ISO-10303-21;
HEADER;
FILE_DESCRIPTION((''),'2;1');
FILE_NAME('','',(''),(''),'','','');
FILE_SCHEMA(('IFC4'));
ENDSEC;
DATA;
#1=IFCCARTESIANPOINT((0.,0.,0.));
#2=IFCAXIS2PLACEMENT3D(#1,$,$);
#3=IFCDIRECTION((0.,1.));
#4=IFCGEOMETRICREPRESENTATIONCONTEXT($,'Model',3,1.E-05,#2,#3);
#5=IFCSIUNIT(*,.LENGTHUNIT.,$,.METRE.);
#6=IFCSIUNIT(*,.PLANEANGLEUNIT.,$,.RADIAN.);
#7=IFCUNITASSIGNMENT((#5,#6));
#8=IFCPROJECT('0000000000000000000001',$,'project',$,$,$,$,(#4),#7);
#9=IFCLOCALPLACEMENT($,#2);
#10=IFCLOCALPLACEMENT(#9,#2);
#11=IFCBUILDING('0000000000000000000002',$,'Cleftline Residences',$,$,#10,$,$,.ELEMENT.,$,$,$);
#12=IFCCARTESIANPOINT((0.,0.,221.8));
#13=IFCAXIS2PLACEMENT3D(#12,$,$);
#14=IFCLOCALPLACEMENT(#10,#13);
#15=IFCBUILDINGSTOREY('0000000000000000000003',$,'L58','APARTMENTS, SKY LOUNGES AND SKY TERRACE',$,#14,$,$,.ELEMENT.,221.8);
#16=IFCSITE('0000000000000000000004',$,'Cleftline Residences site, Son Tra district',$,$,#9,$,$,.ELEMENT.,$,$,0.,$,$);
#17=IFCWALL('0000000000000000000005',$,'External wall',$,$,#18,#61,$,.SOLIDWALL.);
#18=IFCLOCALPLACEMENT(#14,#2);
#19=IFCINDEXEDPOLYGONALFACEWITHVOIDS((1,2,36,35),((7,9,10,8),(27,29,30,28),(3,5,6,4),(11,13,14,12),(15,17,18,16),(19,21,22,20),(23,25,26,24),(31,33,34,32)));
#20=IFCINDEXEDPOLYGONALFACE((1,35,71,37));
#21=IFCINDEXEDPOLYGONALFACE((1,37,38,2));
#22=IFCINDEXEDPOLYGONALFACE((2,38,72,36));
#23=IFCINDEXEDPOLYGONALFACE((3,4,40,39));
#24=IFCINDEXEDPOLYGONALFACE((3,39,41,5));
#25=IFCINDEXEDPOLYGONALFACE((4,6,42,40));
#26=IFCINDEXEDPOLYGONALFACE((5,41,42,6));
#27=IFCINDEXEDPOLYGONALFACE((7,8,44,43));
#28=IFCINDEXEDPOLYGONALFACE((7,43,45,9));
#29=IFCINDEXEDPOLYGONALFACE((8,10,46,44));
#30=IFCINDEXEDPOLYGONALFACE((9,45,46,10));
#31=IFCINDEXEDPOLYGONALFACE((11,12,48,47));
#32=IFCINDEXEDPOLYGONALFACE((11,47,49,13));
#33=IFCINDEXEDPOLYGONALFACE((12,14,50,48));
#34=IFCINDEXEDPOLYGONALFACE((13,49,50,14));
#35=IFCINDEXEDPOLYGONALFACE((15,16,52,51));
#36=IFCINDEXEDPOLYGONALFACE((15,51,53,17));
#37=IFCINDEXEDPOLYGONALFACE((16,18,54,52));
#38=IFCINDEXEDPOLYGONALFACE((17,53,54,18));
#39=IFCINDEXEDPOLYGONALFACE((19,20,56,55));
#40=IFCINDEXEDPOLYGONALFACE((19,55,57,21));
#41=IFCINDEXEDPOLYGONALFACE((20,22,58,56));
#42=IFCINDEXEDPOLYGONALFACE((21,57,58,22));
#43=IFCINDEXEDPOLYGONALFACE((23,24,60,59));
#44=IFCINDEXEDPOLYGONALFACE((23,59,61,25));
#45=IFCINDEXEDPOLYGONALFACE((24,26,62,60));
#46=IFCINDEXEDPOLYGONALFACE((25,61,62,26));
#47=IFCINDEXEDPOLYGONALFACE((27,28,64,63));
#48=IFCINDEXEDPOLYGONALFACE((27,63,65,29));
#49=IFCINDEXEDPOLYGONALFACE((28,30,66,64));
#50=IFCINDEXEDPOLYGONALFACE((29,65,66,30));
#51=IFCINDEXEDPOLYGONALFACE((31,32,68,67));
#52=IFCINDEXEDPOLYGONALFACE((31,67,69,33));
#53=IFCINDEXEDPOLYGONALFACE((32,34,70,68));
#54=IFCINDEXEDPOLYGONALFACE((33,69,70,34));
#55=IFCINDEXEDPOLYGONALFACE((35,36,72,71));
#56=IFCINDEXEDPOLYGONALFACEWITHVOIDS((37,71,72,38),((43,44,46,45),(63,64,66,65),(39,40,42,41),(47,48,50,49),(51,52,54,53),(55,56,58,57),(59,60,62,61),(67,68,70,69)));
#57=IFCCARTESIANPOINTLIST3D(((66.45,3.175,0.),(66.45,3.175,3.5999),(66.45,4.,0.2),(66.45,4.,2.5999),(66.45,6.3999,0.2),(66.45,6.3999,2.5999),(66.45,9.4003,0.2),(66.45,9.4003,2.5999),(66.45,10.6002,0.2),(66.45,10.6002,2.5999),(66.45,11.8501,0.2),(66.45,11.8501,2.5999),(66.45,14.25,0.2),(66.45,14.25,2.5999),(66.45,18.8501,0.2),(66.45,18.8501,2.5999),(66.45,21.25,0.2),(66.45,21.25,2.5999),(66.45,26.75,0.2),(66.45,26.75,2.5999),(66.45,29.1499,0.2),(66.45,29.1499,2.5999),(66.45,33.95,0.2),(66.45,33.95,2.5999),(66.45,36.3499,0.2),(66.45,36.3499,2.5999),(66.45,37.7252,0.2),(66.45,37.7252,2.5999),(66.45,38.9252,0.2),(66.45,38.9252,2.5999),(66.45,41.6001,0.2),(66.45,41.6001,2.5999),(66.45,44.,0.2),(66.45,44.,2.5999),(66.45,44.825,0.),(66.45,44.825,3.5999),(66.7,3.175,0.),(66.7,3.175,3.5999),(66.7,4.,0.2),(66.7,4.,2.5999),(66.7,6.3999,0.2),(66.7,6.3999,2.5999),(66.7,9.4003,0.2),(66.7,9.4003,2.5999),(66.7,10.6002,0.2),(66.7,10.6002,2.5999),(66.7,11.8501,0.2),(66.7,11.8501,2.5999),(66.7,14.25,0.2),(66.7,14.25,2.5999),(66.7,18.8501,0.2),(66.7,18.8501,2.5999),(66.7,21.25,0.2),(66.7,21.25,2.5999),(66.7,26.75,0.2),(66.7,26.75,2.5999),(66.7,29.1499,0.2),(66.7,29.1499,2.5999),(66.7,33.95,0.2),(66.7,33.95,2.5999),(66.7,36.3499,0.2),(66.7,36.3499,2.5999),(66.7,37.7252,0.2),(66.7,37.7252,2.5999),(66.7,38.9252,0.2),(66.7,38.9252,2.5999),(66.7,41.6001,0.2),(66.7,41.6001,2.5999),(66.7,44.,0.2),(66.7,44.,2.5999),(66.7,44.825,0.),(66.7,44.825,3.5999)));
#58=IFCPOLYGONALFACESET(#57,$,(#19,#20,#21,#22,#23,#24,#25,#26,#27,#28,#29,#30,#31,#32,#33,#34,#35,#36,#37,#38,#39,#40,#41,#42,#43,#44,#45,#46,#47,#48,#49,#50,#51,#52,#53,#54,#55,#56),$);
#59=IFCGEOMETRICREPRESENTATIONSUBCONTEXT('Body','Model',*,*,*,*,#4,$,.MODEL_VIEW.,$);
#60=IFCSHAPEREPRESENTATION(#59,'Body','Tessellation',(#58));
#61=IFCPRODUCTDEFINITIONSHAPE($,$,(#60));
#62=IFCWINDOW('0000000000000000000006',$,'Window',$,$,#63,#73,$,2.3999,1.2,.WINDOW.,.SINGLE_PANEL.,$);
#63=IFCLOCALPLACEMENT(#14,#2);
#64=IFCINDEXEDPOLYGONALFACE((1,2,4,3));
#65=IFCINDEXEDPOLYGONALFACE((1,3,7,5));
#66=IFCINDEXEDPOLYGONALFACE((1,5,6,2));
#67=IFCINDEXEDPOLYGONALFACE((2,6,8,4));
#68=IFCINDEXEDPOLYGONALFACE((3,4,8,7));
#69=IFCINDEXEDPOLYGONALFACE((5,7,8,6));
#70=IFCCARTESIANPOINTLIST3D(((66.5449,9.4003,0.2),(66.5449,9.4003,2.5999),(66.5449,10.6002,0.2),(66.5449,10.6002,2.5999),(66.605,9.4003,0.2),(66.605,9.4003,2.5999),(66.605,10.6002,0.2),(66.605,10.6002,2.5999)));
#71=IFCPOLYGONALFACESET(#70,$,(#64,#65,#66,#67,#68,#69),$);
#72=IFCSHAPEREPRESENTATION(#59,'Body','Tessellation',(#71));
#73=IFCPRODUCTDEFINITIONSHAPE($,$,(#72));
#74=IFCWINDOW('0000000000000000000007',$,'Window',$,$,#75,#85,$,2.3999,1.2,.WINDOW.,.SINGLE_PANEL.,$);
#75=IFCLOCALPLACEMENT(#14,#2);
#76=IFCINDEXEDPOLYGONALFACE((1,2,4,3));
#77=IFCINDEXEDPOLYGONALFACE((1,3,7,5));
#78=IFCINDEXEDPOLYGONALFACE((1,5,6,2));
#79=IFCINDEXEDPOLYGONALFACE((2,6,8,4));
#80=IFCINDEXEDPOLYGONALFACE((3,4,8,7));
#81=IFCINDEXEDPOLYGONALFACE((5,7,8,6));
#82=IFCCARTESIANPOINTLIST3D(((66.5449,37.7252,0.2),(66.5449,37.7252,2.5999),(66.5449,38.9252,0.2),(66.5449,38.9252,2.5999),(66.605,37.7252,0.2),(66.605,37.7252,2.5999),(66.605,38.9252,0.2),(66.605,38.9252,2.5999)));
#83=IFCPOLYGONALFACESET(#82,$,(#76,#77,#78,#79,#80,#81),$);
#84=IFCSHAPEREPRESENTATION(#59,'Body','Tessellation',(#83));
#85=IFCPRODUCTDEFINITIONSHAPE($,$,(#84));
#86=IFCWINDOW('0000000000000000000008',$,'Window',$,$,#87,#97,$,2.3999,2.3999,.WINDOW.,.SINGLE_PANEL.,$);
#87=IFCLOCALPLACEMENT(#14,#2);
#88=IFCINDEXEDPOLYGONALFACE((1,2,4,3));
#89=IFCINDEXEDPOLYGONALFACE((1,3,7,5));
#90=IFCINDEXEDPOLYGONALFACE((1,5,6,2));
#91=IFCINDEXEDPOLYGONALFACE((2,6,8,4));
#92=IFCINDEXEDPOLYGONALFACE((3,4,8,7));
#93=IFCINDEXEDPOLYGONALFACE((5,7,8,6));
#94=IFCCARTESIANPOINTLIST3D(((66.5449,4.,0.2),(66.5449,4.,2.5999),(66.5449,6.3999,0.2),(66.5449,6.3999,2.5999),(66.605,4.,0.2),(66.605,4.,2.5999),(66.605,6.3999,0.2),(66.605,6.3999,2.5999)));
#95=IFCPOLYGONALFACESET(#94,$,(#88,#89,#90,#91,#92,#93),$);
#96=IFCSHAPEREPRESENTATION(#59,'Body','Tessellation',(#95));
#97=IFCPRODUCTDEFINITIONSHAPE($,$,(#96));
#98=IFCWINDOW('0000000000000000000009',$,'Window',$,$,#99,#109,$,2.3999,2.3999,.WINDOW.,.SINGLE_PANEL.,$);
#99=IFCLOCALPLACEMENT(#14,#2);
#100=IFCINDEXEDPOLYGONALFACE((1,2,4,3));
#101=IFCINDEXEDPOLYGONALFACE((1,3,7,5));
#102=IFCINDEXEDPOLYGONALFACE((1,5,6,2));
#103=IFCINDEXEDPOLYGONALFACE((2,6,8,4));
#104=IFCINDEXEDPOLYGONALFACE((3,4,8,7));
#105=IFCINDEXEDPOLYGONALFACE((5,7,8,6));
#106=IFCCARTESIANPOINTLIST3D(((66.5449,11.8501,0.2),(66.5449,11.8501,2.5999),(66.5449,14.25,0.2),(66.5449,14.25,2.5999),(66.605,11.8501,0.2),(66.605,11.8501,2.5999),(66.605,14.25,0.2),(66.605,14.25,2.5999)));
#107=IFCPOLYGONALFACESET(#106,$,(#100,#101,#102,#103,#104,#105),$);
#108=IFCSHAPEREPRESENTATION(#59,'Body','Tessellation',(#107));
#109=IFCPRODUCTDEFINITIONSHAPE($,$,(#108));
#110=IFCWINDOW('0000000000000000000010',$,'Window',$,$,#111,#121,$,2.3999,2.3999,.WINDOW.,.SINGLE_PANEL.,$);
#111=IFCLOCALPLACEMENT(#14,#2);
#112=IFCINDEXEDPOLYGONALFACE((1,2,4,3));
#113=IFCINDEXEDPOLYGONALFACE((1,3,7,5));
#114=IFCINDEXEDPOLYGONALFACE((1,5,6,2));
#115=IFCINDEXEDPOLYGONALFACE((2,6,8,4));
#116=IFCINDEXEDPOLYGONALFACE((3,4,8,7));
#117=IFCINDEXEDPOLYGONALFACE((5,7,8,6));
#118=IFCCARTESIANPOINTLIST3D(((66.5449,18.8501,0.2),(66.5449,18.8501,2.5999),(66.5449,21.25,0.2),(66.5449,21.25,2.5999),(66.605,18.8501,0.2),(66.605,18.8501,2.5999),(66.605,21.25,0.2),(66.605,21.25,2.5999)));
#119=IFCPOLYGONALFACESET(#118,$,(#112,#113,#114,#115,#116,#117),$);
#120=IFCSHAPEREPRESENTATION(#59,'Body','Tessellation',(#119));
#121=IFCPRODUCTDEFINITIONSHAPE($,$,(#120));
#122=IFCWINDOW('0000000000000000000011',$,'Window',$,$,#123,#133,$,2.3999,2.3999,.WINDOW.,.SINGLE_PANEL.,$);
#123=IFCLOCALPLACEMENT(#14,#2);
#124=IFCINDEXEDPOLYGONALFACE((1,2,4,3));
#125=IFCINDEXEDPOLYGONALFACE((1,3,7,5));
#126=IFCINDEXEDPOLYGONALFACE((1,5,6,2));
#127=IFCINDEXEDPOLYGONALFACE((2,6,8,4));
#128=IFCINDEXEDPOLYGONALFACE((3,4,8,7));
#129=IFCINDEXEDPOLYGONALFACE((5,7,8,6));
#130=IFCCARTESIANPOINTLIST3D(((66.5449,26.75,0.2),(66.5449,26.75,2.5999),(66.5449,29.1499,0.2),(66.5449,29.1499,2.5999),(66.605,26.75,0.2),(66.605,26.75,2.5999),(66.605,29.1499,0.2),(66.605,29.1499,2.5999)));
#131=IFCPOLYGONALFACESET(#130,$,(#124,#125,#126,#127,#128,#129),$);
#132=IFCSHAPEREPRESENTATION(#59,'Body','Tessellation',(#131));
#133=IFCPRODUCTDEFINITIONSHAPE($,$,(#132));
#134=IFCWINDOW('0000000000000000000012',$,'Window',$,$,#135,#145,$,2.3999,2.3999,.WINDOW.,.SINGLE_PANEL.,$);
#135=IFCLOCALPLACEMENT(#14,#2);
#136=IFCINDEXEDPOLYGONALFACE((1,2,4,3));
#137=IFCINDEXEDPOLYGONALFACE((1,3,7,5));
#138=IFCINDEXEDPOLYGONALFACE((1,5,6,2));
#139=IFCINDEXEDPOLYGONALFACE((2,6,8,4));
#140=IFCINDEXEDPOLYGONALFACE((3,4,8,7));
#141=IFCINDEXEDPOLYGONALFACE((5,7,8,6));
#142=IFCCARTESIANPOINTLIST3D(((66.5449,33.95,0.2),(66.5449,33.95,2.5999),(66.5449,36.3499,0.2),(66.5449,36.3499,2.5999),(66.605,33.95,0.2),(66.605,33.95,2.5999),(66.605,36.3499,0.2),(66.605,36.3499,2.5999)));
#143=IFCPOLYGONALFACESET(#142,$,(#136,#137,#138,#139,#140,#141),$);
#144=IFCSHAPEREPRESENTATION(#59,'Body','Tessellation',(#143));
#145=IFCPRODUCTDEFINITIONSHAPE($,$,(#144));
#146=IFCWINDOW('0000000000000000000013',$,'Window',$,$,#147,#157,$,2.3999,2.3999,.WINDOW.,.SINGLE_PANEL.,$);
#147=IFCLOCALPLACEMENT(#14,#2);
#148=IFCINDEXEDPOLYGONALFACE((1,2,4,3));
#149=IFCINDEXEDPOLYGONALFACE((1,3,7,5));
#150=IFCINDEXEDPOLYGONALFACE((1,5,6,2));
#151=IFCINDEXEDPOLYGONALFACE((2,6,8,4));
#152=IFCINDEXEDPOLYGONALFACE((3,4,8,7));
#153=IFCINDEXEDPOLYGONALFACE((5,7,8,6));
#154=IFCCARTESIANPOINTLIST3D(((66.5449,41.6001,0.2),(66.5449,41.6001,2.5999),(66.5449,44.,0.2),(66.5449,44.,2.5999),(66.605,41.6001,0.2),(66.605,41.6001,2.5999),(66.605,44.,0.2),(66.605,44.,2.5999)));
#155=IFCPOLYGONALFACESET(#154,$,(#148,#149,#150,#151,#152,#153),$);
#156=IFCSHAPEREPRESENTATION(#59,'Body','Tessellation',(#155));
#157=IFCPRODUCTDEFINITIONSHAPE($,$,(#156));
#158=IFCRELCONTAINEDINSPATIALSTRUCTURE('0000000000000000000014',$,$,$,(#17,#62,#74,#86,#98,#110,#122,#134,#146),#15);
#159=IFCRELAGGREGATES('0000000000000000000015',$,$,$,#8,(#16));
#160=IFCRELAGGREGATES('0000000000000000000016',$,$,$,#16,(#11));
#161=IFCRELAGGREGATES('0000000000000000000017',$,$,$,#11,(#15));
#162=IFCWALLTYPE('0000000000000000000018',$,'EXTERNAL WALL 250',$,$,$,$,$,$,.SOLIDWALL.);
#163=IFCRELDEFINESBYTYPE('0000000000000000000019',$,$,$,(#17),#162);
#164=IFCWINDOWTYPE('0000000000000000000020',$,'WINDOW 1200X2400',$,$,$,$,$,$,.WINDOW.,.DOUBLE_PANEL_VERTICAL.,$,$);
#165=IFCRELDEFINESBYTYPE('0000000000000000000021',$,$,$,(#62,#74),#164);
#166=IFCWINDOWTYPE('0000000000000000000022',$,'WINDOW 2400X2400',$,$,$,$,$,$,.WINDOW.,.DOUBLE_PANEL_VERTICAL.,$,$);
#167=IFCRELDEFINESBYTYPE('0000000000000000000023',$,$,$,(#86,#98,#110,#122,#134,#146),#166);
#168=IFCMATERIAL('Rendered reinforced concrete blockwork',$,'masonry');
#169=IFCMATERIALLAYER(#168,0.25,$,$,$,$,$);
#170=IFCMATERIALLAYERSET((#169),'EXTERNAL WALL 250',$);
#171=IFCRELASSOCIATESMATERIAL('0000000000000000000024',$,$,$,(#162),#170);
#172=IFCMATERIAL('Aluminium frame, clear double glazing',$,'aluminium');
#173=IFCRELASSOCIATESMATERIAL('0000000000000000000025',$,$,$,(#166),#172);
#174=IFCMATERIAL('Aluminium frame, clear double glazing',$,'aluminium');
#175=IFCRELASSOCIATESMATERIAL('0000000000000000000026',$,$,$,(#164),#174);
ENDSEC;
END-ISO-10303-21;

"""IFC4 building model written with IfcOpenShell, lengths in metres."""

from ifc_helpers import new_model, si_unit, direction, frame, frame_2d, origin, place, context, subcontext, project, spatial, rectangle, extrude, material, layer, layer_set, type_object, element, fill, save


model = new_model("IFC4")

# Units and contexts
model_context = context("Model", 3, precision=1e-05, world=origin(), true_north=direction((0.0, 1.0)))
body_context = subcontext(model_context, "Body", "Model", "MODEL_VIEW")
ifc_project = project(units=[si_unit("LENGTHUNIT", "METRE"), si_unit("PLANEANGLEUNIT", "RADIAN")], contexts=[model_context])

# Site, building, storey
site_placement = place(None, origin())
site = spatial("IfcSite", under=ifc_project, at=site_placement, Name="Cleftline Residences site, Son Tra district", CompositionType="ELEMENT", RefElevation=0.0)
building_placement = place(site_placement, origin())
building = spatial("IfcBuilding", under=site, at=building_placement, Name="Cleftline Residences", CompositionType="ELEMENT")
storey_placement = place(building_placement, frame((0.0, 0.0, 221.8)))
storey = spatial("IfcBuildingStorey", under=building, at=storey_placement, Name="L58", Description="APARTMENTS, SKY LOUNGES AND SKY TERRACE", CompositionType="ELEMENT", Elevation=221.8)

# Shared definitions
ifc_material_1 = material(Name="Rendered reinforced concrete blockwork", Category="masonry")
ifc_layer_1 = layer(ifc_material_1, 0.25)
ifc_layer_set_1 = layer_set([ifc_layer_1], Name="EXTERNAL WALL 250")
wall_type_1 = type_object("IfcWallType", Name="EXTERNAL WALL 250", PredefinedType="SOLIDWALL", material=ifc_layer_set_1)
ifc_material_2 = material(Name="Aluminium frame, clear double glazing", Category="aluminium")
window_type_1 = type_object("IfcWindowType", Name="WINDOW 2400X2400", PartitioningType="DOUBLE_PANEL_VERTICAL", PredefinedType="WINDOW", material=ifc_material_2)

# Wall, openings, windows
wall_1_placement = place(storey_placement, frame((66.575, 3.175, 0.0), z_axis=(0.0, 0.0, 1.0), x_axis=(0.0, 1.0, 0.0)))
wall_1 = element("IfcWall", 1, at=wall_1_placement, inside=storey, type_object=wall_type_1, Name="External wall", PredefinedType="SOLIDWALL", context=body_context, shape_type="SweptSolid", body=[
    extrude(rectangle(XDim=41.6499, YDim=0.25, at=frame_2d((20.825, 0.0))), origin(), (0.0, 0.0, 1.0), 3.5999),
])
opening_1_placement = place(wall_1_placement, frame((0.825, 0.0, 0.2)))
opening_1 = element("IfcOpeningElement", 2, at=opening_1_placement, cuts=wall_1, PredefinedType="OPENING", context=body_context, shape_type="SweptSolid", body=[
    extrude(rectangle(XDim=2.3999, YDim=2.3999, at=frame_2d((1.2, 1.2))), frame((0.0, 0.135, 0.0), z_axis=(0.0, -1.0, 0.0), x_axis=(1.0, 0.0, 0.0)), (0.0, 0.0, 1.0), 0.27),
])
opening_2_placement = place(wall_1_placement, frame((6.2251, 0.0, 0.2)))
opening_2 = element("IfcOpeningElement", 3, at=opening_2_placement, cuts=wall_1, PredefinedType="OPENING", context=body_context, shape_type="SweptSolid", body=[
    extrude(rectangle(XDim=1.2, YDim=2.3999, at=frame_2d((0.6001, 1.2))), frame((0.0, 0.135, 0.0), z_axis=(0.0, -1.0, 0.0), x_axis=(1.0, 0.0, 0.0)), (0.0, 0.0, 1.0), 0.27),
])
opening_3_placement = place(wall_1_placement, frame((8.675, 0.0, 0.2)))
opening_3 = element("IfcOpeningElement", 4, at=opening_3_placement, cuts=wall_1, PredefinedType="OPENING", context=body_context, shape_type="SweptSolid", body=[
    extrude(rectangle(XDim=2.3999, YDim=2.3999, at=frame_2d((1.2, 1.2))), frame((0.0, 0.135, 0.0), z_axis=(0.0, -1.0, 0.0), x_axis=(1.0, 0.0, 0.0)), (0.0, 0.0, 1.0), 0.27),
])
opening_4_placement = place(wall_1_placement, frame((15.675, 0.0, 0.2)))
opening_4 = element("IfcOpeningElement", 5, at=opening_4_placement, cuts=wall_1, PredefinedType="OPENING", context=body_context, shape_type="SweptSolid", body=[
    extrude(rectangle(XDim=2.3999, YDim=2.3999, at=frame_2d((1.2, 1.2))), frame((0.0, 0.135, 0.0), z_axis=(0.0, -1.0, 0.0), x_axis=(1.0, 0.0, 0.0)), (0.0, 0.0, 1.0), 0.27),
])
opening_5_placement = place(wall_1_placement, frame((23.575, 0.0, 0.2)))
opening_5 = element("IfcOpeningElement", 6, at=opening_5_placement, cuts=wall_1, PredefinedType="OPENING", context=body_context, shape_type="SweptSolid", body=[
    extrude(rectangle(XDim=2.3999, YDim=2.3999, at=frame_2d((1.2, 1.2))), frame((0.0, 0.135, 0.0), z_axis=(0.0, -1.0, 0.0), x_axis=(1.0, 0.0, 0.0)), (0.0, 0.0, 1.0), 0.27),
])
opening_6_placement = place(wall_1_placement, frame((30.7749, 0.0, 0.2)))
opening_6 = element("IfcOpeningElement", 7, at=opening_6_placement, cuts=wall_1, PredefinedType="OPENING", context=body_context, shape_type="SweptSolid", body=[
    extrude(rectangle(XDim=2.3999, YDim=2.3999, at=frame_2d((1.2, 1.2))), frame((0.0, 0.135, 0.0), z_axis=(0.0, -1.0, 0.0), x_axis=(1.0, 0.0, 0.0)), (0.0, 0.0, 1.0), 0.27),
])
opening_7_placement = place(wall_1_placement, frame((34.55, 0.0, 0.2)))
opening_7 = element("IfcOpeningElement", 8, at=opening_7_placement, cuts=wall_1, PredefinedType="OPENING", context=body_context, shape_type="SweptSolid", body=[
    extrude(rectangle(XDim=1.2, YDim=2.3999, at=frame_2d((0.6001, 1.2))), frame((0.0, 0.135, 0.0), z_axis=(0.0, -1.0, 0.0), x_axis=(1.0, 0.0, 0.0)), (0.0, 0.0, 1.0), 0.27),
])
opening_8_placement = place(wall_1_placement, frame((38.425, 0.0, 0.2)))
opening_8 = element("IfcOpeningElement", 9, at=opening_8_placement, cuts=wall_1, PredefinedType="OPENING", context=body_context, shape_type="SweptSolid", body=[
    extrude(rectangle(XDim=2.3999, YDim=2.3999, at=frame_2d((1.2, 1.2))), frame((0.0, 0.135, 0.0), z_axis=(0.0, -1.0, 0.0), x_axis=(1.0, 0.0, 0.0)), (0.0, 0.0, 1.0), 0.27),
])
ifc_material_3 = material(Name="Aluminium frame, clear double glazing", Category="aluminium")
window_type_2 = type_object("IfcWindowType", Name="WINDOW 1200X2400", PartitioningType="DOUBLE_PANEL_VERTICAL", PredefinedType="WINDOW", material=ifc_material_3)
window_1_placement = place(opening_2_placement, origin())
window_1 = element("IfcWindow", 10, at=window_1_placement, inside=storey, type_object=window_type_2, Name="Window", OverallHeight=2.3999, OverallWidth=1.2, PartitioningType="SINGLE_PANEL", PredefinedType="WINDOW", context=body_context, shape_type="SweptSolid", body=[
    extrude(rectangle(XDim=1.2, YDim=2.3999, at=frame_2d((0.6001, 1.2))), frame((0.0, 0.03, 0.0), z_axis=(0.0, -1.0, 0.0), x_axis=(1.0, 0.0, 0.0)), (0.0, 0.0, 1.0), 0.0601),
])
fill(opening_2, window_1)
window_2_placement = place(opening_7_placement, origin())
window_2 = element("IfcWindow", 11, at=window_2_placement, inside=storey, type_object=window_type_2, Name="Window", OverallHeight=2.3999, OverallWidth=1.2, PartitioningType="SINGLE_PANEL", PredefinedType="WINDOW", context=body_context, shape_type="SweptSolid", body=[
    extrude(rectangle(XDim=1.2, YDim=2.3999, at=frame_2d((0.6001, 1.2))), frame((0.0, 0.03, 0.0), z_axis=(0.0, -1.0, 0.0), x_axis=(1.0, 0.0, 0.0)), (0.0, 0.0, 1.0), 0.0601),
])
fill(opening_7, window_2)
window_3_placement = place(opening_1_placement, origin())
window_3 = element("IfcWindow", 12, at=window_3_placement, inside=storey, type_object=window_type_1, Name="Window", OverallHeight=2.3999, OverallWidth=2.3999, PartitioningType="SINGLE_PANEL", PredefinedType="WINDOW", context=body_context, shape_type="SweptSolid", body=[
    extrude(rectangle(XDim=2.3999, YDim=2.3999, at=frame_2d((1.2, 1.2))), frame((0.0, 0.03, 0.0), z_axis=(0.0, -1.0, 0.0), x_axis=(1.0, 0.0, 0.0)), (0.0, 0.0, 1.0), 0.0601),
])
fill(opening_1, window_3)
window_4_placement = place(opening_3_placement, origin())
window_4 = element("IfcWindow", 13, at=window_4_placement, inside=storey, type_object=window_type_1, Name="Window", OverallHeight=2.3999, OverallWidth=2.3999, PartitioningType="SINGLE_PANEL", PredefinedType="WINDOW", context=body_context, shape_type="SweptSolid", body=[
    extrude(rectangle(XDim=2.3999, YDim=2.3999, at=frame_2d((1.2, 1.2))), frame((0.0, 0.03, 0.0), z_axis=(0.0, -1.0, 0.0), x_axis=(1.0, 0.0, 0.0)), (0.0, 0.0, 1.0), 0.0601),
])
fill(opening_3, window_4)
window_5_placement = place(opening_4_placement, origin())
window_5 = element("IfcWindow", 14, at=window_5_placement, inside=storey, type_object=window_type_1, Name="Window", OverallHeight=2.3999, OverallWidth=2.3999, PartitioningType="SINGLE_PANEL", PredefinedType="WINDOW", context=body_context, shape_type="SweptSolid", body=[
    extrude(rectangle(XDim=2.3999, YDim=2.3999, at=frame_2d((1.2, 1.2))), frame((0.0, 0.03, 0.0), z_axis=(0.0, -1.0, 0.0), x_axis=(1.0, 0.0, 0.0)), (0.0, 0.0, 1.0), 0.0601),
])
fill(opening_4, window_5)
window_6_placement = place(opening_5_placement, origin())
window_6 = element("IfcWindow", 15, at=window_6_placement, inside=storey, type_object=window_type_1, Name="Window", OverallHeight=2.3999, OverallWidth=2.3999, PartitioningType="SINGLE_PANEL", PredefinedType="WINDOW", context=body_context, shape_type="SweptSolid", body=[
    extrude(rectangle(XDim=2.3999, YDim=2.3999, at=frame_2d((1.2, 1.2))), frame((0.0, 0.03, 0.0), z_axis=(0.0, -1.0, 0.0), x_axis=(1.0, 0.0, 0.0)), (0.0, 0.0, 1.0), 0.0601),
])
fill(opening_5, window_6)
window_7_placement = place(opening_6_placement, origin())
window_7 = element("IfcWindow", 16, at=window_7_placement, inside=storey, type_object=window_type_1, Name="Window", OverallHeight=2.3999, OverallWidth=2.3999, PartitioningType="SINGLE_PANEL", PredefinedType="WINDOW", context=body_context, shape_type="SweptSolid", body=[
    extrude(rectangle(XDim=2.3999, YDim=2.3999, at=frame_2d((1.2, 1.2))), frame((0.0, 0.03, 0.0), z_axis=(0.0, -1.0, 0.0), x_axis=(1.0, 0.0, 0.0)), (0.0, 0.0, 1.0), 0.0601),
])
fill(opening_6, window_7)
window_8_placement = place(opening_8_placement, origin())
window_8 = element("IfcWindow", 17, at=window_8_placement, inside=storey, type_object=window_type_1, Name="Window", OverallHeight=2.3999, OverallWidth=2.3999, PartitioningType="SINGLE_PANEL", PredefinedType="WINDOW", context=body_context, shape_type="SweptSolid", body=[
    extrude(rectangle(XDim=2.3999, YDim=2.3999, at=frame_2d((1.2, 1.2))), frame((0.0, 0.03, 0.0), z_axis=(0.0, -1.0, 0.0), x_axis=(1.0, 0.0, 0.0)), (0.0, 0.0, 1.0), 0.0601),
])
fill(opening_8, window_8)

save(model, "model.ifc")
